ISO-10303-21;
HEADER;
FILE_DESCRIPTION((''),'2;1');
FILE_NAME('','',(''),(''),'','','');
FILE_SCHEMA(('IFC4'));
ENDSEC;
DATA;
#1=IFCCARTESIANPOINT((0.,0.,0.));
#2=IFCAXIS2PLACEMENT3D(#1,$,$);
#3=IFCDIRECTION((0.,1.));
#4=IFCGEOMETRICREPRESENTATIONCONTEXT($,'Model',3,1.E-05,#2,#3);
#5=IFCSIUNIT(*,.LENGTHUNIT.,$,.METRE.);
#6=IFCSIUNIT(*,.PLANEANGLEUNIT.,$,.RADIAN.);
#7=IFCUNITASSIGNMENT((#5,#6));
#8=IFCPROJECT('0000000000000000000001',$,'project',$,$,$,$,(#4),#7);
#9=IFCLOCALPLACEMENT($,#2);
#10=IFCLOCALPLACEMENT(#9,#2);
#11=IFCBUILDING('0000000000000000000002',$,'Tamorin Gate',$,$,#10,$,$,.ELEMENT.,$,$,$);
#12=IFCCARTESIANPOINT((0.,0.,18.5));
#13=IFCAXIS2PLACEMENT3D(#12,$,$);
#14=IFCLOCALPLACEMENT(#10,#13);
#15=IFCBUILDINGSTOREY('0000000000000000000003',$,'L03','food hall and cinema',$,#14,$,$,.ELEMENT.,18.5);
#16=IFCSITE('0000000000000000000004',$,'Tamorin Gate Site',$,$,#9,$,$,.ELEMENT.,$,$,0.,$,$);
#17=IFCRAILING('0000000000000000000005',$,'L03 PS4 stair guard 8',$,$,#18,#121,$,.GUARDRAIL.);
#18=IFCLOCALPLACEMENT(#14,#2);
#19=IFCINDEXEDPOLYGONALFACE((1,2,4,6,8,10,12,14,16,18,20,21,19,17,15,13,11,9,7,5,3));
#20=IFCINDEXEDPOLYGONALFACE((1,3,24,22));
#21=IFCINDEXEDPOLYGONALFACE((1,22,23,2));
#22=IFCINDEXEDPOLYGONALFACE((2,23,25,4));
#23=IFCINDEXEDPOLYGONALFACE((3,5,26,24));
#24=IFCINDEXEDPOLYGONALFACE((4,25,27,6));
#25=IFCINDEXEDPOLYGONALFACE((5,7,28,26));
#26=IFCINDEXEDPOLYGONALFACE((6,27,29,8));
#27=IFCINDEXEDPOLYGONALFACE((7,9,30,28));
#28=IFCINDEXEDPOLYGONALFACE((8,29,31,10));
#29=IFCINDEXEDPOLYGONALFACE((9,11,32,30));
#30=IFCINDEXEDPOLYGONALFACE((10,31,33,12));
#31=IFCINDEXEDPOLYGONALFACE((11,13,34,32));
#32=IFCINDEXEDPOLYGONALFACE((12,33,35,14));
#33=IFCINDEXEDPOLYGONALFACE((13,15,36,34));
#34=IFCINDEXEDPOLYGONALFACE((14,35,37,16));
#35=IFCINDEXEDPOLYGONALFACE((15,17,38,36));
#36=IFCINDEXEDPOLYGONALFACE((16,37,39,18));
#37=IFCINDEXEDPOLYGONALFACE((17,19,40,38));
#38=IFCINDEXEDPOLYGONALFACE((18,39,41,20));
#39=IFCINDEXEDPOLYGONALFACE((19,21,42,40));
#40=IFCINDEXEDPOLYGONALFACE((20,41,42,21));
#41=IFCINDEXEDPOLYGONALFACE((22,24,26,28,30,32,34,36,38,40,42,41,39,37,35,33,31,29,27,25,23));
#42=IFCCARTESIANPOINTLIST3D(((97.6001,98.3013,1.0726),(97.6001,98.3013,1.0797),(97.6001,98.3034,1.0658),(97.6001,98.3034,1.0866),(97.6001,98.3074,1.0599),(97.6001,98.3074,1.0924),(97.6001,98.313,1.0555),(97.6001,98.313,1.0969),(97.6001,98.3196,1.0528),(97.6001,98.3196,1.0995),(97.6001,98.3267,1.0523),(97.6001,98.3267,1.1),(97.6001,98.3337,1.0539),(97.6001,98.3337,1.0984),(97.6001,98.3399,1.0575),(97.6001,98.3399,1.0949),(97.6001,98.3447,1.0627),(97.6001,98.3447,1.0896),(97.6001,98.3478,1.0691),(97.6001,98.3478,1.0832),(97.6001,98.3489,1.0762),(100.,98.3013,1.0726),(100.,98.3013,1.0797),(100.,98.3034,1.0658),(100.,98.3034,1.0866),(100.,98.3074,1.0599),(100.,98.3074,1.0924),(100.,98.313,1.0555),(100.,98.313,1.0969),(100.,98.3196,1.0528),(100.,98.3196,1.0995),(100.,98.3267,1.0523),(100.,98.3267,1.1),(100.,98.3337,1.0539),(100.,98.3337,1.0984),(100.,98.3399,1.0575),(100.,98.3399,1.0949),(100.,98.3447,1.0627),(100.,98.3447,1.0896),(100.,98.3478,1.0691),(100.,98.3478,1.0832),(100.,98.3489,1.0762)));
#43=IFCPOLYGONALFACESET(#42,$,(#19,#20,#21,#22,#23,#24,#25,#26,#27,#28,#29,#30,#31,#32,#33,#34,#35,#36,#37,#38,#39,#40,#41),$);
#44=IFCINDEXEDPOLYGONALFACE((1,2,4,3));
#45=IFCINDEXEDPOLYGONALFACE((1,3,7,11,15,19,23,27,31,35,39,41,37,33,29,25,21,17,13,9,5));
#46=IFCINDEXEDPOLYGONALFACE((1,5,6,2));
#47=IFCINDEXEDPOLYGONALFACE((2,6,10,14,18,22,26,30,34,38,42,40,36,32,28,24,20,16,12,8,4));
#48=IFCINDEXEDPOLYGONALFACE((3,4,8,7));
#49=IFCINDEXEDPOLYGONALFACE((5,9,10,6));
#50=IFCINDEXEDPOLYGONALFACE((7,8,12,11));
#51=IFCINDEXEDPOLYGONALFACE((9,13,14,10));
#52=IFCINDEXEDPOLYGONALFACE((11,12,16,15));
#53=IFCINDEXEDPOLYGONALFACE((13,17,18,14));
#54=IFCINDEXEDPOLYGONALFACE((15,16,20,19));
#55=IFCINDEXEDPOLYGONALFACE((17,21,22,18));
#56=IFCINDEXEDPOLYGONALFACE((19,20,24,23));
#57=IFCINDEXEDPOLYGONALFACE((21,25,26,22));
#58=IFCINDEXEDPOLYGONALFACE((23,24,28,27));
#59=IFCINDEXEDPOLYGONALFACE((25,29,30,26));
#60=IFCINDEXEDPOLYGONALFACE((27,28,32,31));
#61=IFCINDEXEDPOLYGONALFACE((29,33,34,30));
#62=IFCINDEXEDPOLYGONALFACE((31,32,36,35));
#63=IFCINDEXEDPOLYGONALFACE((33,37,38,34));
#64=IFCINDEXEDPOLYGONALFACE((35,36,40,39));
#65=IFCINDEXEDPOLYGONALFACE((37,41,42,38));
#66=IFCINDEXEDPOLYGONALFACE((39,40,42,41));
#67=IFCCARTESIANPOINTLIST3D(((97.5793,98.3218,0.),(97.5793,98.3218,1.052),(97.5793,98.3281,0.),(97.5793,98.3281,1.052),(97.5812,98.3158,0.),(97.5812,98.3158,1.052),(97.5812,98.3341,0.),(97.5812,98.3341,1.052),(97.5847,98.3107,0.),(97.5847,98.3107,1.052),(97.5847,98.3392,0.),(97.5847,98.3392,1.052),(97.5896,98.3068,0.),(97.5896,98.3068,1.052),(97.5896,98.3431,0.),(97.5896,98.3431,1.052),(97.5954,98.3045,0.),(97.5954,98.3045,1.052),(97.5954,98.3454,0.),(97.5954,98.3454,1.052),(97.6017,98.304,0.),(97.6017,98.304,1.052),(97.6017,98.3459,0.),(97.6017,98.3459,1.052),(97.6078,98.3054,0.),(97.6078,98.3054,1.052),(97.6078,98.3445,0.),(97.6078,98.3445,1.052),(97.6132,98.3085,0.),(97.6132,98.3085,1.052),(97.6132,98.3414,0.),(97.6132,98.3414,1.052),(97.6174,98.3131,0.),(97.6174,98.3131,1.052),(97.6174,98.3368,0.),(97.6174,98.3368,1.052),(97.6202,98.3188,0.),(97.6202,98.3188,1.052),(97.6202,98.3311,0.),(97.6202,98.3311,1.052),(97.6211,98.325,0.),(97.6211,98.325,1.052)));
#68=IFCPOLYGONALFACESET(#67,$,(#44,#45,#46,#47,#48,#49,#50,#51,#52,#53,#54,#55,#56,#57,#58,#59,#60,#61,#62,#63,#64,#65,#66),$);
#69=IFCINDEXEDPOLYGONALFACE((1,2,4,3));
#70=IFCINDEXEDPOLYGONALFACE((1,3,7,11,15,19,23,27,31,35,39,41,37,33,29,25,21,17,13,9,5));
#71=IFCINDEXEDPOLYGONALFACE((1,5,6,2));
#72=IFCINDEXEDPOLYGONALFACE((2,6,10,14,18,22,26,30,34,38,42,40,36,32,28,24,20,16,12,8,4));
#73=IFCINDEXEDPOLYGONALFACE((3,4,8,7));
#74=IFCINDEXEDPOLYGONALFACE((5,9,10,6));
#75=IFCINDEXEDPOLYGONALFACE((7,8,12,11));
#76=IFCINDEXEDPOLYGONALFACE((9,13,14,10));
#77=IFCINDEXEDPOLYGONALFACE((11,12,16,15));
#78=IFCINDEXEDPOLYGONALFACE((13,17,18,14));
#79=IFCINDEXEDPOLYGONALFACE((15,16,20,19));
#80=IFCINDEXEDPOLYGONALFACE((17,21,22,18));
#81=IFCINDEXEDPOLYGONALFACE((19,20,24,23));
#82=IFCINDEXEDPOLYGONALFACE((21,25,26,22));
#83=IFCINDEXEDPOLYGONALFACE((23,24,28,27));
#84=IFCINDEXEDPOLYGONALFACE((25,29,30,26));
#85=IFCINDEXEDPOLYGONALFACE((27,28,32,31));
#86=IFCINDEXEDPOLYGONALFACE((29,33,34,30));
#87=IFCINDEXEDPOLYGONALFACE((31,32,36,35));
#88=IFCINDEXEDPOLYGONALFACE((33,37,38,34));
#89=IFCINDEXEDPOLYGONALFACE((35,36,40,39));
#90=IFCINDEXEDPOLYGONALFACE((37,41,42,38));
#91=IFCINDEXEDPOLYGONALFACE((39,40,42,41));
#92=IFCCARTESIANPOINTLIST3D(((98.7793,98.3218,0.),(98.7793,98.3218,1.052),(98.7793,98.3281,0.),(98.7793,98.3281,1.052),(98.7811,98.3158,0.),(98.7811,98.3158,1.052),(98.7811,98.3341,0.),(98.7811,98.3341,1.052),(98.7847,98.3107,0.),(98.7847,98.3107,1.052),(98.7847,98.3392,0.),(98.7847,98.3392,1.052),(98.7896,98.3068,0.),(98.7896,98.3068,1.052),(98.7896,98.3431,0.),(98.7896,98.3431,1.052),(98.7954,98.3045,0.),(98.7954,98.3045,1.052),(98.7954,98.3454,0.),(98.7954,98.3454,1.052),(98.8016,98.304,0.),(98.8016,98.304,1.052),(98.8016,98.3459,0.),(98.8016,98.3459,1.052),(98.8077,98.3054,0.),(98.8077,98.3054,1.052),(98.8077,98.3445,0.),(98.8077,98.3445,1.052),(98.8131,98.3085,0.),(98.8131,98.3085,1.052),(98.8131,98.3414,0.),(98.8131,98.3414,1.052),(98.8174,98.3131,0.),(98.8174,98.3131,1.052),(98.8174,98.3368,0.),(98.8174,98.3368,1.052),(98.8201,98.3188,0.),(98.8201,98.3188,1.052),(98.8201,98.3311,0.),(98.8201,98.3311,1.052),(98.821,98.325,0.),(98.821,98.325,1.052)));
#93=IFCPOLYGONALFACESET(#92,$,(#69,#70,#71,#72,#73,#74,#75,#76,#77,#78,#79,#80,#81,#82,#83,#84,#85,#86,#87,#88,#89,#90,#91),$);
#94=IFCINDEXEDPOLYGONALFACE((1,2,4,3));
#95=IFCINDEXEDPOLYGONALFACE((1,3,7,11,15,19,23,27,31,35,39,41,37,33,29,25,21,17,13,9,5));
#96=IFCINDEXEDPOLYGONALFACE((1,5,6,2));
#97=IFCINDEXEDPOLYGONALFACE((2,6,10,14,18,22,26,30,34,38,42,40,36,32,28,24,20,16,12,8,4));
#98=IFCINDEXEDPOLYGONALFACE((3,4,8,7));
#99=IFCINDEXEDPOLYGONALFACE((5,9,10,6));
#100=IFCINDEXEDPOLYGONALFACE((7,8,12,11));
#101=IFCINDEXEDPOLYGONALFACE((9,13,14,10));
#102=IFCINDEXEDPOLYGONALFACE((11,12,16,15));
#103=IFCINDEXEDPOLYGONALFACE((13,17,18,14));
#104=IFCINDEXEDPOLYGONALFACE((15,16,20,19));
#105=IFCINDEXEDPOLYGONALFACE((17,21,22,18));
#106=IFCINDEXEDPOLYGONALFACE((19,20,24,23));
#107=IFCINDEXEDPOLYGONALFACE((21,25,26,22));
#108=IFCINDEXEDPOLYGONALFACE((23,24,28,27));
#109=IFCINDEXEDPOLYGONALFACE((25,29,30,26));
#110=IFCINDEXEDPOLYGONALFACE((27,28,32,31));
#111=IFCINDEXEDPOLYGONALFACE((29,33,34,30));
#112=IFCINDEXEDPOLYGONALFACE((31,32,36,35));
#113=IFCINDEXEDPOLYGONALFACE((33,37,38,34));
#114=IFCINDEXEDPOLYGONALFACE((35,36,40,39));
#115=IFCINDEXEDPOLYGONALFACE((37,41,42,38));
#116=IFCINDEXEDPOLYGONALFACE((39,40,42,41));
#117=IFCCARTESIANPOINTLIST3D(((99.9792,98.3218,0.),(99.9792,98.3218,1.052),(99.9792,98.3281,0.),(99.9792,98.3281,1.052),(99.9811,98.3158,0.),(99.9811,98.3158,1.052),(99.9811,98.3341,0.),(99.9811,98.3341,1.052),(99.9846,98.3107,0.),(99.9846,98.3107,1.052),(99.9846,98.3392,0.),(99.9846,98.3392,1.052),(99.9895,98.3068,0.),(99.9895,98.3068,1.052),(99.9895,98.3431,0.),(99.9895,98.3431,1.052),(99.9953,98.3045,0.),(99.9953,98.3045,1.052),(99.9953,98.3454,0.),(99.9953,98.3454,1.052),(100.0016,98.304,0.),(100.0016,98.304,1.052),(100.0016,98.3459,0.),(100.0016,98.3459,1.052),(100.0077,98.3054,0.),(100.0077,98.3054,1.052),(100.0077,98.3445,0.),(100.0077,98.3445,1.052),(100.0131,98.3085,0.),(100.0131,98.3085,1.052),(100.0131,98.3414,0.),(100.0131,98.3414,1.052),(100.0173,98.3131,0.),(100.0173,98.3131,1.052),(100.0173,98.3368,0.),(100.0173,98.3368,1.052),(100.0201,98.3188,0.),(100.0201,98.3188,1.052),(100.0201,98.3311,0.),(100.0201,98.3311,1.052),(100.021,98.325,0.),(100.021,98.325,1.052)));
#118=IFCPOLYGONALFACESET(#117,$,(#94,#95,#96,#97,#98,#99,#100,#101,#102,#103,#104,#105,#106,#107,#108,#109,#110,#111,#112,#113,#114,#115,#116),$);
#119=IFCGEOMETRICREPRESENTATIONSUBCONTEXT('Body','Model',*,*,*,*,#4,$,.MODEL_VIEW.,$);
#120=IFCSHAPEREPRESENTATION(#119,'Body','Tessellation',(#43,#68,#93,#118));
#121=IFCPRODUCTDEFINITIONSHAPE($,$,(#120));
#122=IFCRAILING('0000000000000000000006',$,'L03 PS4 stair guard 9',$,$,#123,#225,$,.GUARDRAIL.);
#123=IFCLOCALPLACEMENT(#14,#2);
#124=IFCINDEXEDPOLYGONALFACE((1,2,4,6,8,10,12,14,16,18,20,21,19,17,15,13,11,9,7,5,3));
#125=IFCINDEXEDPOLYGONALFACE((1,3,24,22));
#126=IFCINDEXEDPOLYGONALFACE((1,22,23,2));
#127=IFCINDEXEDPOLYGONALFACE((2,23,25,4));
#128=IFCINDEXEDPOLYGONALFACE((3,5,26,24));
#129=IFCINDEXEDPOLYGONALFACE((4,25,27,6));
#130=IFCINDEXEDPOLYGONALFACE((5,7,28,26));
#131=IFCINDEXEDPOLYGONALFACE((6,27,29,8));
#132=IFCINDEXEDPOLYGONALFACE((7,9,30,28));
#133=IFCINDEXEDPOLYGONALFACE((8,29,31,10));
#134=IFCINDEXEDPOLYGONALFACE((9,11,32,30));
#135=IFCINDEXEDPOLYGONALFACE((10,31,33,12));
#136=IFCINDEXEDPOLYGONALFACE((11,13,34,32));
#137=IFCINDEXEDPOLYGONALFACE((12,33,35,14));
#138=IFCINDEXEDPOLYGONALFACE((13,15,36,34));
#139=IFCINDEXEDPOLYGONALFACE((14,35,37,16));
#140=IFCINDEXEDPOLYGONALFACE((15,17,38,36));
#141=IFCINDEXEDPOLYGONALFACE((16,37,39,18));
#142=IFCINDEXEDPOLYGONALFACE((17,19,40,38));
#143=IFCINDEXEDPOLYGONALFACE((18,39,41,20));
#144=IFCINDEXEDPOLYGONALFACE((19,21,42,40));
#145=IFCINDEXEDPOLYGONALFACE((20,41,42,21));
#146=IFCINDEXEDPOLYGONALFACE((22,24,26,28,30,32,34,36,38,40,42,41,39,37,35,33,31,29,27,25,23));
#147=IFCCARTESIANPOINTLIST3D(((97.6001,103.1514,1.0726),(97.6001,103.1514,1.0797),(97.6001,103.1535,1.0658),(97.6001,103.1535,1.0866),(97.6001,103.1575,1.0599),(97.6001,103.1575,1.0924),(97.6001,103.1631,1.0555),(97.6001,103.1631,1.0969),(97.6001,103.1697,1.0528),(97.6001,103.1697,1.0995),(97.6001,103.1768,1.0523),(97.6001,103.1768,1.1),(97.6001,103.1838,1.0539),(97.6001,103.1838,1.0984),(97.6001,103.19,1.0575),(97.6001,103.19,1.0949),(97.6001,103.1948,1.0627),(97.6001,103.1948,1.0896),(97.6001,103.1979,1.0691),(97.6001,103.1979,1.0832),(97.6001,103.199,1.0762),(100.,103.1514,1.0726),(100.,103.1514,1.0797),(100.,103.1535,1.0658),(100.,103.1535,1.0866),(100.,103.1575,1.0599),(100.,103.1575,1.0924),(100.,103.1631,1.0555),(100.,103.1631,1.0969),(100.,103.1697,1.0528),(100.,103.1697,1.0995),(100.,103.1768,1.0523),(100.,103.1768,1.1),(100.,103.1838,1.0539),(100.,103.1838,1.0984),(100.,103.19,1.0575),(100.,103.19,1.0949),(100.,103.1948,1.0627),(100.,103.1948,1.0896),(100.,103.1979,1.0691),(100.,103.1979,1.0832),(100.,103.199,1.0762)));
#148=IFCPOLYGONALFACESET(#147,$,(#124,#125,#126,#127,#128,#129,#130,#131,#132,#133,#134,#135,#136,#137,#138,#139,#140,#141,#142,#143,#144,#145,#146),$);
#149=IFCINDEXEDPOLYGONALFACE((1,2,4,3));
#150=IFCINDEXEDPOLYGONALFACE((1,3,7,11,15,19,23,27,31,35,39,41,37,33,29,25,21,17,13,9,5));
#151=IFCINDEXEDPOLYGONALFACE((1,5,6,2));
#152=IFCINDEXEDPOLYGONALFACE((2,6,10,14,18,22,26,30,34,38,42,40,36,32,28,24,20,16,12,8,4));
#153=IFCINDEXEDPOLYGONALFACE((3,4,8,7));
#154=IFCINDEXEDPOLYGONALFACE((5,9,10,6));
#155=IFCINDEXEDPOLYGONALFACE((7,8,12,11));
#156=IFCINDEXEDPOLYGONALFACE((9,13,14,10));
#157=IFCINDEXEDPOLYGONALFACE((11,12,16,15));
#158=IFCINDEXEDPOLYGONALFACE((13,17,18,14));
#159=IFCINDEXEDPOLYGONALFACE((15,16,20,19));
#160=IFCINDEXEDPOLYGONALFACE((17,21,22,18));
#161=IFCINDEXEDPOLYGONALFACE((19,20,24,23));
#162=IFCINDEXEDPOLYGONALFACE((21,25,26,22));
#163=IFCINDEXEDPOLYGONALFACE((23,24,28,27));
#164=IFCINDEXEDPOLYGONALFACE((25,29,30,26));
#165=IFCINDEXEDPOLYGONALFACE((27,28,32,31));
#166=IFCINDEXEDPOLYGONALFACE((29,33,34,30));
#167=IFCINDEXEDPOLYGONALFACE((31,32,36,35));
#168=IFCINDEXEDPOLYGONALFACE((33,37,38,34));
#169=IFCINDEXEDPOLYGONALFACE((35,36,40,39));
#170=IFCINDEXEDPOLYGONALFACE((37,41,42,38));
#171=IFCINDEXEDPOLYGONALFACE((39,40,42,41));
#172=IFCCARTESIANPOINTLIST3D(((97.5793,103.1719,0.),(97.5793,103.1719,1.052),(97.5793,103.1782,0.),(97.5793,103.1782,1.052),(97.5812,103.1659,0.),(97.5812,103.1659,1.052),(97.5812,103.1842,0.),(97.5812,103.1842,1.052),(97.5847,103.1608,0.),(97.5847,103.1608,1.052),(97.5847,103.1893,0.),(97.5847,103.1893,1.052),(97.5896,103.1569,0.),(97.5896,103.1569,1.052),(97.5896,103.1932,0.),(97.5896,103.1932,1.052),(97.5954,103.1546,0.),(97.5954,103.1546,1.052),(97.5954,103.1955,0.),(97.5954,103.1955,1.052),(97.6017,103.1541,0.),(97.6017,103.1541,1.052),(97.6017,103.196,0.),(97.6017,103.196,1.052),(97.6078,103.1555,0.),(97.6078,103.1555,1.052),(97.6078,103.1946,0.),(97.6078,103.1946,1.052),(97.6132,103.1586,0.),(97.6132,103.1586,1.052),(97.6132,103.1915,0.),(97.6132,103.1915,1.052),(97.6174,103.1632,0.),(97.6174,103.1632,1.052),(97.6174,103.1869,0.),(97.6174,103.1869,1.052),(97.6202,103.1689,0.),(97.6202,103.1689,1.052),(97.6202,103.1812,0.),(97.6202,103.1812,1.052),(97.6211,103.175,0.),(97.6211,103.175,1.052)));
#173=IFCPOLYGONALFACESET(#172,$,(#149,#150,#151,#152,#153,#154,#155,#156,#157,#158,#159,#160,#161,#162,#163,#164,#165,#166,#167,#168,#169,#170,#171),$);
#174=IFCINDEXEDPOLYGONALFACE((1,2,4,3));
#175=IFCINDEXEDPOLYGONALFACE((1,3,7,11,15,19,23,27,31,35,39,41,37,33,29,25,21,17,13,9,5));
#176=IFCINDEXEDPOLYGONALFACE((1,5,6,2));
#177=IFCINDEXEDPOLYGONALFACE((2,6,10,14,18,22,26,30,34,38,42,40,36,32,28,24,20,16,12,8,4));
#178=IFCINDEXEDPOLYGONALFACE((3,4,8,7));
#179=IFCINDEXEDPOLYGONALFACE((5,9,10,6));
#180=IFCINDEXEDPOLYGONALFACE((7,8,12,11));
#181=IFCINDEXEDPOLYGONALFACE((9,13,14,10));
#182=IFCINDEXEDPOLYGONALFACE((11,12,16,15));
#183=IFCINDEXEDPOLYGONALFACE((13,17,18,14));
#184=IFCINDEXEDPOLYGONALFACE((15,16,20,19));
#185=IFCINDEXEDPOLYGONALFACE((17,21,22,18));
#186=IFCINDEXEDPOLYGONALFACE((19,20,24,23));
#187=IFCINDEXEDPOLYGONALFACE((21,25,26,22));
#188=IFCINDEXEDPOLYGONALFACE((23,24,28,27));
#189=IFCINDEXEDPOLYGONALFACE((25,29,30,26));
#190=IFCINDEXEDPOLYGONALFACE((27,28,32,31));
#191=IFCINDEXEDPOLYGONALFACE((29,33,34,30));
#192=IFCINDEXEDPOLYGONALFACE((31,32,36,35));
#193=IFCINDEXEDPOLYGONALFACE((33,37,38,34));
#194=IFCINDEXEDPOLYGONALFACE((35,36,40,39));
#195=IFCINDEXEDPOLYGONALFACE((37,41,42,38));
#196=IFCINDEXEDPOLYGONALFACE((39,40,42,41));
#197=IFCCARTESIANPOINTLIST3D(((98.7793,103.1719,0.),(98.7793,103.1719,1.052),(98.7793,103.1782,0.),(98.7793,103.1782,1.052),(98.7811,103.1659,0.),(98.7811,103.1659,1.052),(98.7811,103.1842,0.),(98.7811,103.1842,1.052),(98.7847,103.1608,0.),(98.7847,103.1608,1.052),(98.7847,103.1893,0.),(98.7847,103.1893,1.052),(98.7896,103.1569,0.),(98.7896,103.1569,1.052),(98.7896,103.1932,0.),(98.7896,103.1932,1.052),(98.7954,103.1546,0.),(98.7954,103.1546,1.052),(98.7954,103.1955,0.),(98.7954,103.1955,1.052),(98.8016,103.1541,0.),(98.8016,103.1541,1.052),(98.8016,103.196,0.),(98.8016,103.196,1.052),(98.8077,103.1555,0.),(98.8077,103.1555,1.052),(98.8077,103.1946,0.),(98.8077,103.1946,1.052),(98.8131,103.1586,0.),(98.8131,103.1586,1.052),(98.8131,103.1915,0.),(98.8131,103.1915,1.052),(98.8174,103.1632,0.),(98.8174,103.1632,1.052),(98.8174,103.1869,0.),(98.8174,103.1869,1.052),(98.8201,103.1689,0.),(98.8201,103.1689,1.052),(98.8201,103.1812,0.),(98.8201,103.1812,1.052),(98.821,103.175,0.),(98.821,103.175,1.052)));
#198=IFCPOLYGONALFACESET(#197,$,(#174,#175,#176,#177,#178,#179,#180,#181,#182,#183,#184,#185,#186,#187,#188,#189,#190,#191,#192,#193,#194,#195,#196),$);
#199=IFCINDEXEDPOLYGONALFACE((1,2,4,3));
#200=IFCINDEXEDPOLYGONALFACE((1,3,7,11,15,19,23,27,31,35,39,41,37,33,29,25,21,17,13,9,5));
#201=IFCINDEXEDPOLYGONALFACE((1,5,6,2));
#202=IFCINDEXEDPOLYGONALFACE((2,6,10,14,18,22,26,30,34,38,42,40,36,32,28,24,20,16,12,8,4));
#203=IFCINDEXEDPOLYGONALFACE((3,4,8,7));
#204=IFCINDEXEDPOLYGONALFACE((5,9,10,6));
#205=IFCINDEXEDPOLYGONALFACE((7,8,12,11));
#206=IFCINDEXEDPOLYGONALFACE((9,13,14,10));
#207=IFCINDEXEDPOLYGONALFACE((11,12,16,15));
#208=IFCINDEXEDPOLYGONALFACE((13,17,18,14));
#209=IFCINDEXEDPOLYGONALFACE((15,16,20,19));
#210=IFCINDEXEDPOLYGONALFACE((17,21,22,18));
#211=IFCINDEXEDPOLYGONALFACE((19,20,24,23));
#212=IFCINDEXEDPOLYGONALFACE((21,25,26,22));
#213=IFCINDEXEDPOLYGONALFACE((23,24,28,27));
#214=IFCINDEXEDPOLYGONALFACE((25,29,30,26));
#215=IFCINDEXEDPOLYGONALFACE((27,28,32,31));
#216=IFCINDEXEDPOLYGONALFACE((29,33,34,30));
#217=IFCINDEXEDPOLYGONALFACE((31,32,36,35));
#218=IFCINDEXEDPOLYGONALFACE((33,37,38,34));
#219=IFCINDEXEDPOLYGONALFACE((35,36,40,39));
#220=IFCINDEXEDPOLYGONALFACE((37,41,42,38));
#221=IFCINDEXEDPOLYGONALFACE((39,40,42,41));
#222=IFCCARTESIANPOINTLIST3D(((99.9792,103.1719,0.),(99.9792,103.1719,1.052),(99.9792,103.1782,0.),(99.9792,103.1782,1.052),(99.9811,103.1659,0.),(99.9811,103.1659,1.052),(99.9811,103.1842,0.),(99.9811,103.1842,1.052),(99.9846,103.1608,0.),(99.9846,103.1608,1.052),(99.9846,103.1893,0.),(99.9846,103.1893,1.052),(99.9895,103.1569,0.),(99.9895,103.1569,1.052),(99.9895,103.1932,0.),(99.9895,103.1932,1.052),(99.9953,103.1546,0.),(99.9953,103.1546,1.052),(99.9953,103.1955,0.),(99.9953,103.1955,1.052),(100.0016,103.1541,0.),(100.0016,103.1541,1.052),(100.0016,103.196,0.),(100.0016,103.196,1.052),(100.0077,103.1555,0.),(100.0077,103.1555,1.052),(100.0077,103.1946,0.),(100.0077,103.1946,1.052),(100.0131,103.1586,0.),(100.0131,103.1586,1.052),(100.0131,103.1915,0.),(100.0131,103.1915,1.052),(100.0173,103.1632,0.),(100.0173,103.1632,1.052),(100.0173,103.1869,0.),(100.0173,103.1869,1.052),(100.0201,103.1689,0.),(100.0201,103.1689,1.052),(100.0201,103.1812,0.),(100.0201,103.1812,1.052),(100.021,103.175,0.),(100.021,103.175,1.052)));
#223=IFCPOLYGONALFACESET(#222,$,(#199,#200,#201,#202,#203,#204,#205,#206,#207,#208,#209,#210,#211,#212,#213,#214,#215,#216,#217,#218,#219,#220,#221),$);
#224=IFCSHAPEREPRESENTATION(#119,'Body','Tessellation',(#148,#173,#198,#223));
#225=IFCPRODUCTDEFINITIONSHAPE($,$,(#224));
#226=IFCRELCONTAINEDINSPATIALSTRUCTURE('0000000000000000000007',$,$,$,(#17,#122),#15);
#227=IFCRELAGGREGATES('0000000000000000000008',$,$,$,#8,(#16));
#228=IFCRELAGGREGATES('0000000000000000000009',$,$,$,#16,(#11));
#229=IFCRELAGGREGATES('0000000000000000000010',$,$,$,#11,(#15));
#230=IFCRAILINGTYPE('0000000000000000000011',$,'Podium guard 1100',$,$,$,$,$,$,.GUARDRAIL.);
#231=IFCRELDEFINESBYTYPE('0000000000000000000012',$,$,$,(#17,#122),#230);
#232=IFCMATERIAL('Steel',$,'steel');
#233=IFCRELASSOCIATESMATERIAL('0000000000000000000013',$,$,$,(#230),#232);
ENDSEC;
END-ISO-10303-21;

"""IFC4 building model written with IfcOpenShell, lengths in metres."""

from ifc_helpers import new_model, si_unit, direction, frame, origin, origin_2d, place, context, subcontext, project, spatial, circle, extrude, material, type_object, element, save


model = new_model("IFC4")

# Units and contexts
model_context = context("Model", 3, precision=1e-05, world=origin(), true_north=direction((0.0, 1.0)))
body_context = subcontext(model_context, "Body", "Model", "MODEL_VIEW")
ifc_project = project(units=[si_unit("LENGTHUNIT", "METRE"), si_unit("PLANEANGLEUNIT", "RADIAN")], contexts=[model_context])

# Site, building, storey
site_placement = place(None, origin())
site = spatial("IfcSite", under=ifc_project, at=site_placement, Name="Tamorin Gate Site", CompositionType="ELEMENT", RefElevation=0.0)
building_placement = place(site_placement, origin())
building = spatial("IfcBuilding", under=site, at=building_placement, Name="Tamorin Gate", CompositionType="ELEMENT")
storey_placement = place(building_placement, frame((0.0, 0.0, 18.5)))
storey = spatial("IfcBuildingStorey", under=building, at=storey_placement, Name="L03", Description="food hall and cinema", CompositionType="ELEMENT", Elevation=18.5)

# Railings
ifc_material_1 = material(Name="Steel", Category="steel")
railing_type = type_object("IfcRailingType", Name="Podium guard 1100", PredefinedType="GUARDRAIL", material=ifc_material_1)
for number, where, name in (
    (1, (97.6001, 98.325, 0.0), "L03 PS4 stair guard 8"),
    (2, (97.6001, 103.175, 0.0), "L03 PS4 stair guard 9"),
):
    element("IfcRailing", number, at=place(storey_placement, frame(where)), inside=storey, type_object=railing_type, Name=name, PredefinedType="GUARDRAIL", context=body_context, shape_type="SweptSolid", body=[
        extrude(circle(Radius=0.0239, at=origin_2d()), frame((0.0, 0.0, 1.0762), z_axis=(1.0, 0.0, 0.0), x_axis=(0.0, 1.0, 0.0)), (0.0, 0.0, 1.0), 2.3999),
        extrude(circle(Radius=0.021, at=origin_2d()), origin(), (0.0, 0.0, 1.0), 1.052),
        extrude(circle(Radius=0.021, at=origin_2d()), frame((1.2, 0.0, 0.0)), (0.0, 0.0, 1.0), 1.052),
        extrude(circle(Radius=0.021, at=origin_2d()), frame((2.3999, 0.0, 0.0)), (0.0, 0.0, 1.0), 1.052),
    ])

save(model, "model.ifc")
